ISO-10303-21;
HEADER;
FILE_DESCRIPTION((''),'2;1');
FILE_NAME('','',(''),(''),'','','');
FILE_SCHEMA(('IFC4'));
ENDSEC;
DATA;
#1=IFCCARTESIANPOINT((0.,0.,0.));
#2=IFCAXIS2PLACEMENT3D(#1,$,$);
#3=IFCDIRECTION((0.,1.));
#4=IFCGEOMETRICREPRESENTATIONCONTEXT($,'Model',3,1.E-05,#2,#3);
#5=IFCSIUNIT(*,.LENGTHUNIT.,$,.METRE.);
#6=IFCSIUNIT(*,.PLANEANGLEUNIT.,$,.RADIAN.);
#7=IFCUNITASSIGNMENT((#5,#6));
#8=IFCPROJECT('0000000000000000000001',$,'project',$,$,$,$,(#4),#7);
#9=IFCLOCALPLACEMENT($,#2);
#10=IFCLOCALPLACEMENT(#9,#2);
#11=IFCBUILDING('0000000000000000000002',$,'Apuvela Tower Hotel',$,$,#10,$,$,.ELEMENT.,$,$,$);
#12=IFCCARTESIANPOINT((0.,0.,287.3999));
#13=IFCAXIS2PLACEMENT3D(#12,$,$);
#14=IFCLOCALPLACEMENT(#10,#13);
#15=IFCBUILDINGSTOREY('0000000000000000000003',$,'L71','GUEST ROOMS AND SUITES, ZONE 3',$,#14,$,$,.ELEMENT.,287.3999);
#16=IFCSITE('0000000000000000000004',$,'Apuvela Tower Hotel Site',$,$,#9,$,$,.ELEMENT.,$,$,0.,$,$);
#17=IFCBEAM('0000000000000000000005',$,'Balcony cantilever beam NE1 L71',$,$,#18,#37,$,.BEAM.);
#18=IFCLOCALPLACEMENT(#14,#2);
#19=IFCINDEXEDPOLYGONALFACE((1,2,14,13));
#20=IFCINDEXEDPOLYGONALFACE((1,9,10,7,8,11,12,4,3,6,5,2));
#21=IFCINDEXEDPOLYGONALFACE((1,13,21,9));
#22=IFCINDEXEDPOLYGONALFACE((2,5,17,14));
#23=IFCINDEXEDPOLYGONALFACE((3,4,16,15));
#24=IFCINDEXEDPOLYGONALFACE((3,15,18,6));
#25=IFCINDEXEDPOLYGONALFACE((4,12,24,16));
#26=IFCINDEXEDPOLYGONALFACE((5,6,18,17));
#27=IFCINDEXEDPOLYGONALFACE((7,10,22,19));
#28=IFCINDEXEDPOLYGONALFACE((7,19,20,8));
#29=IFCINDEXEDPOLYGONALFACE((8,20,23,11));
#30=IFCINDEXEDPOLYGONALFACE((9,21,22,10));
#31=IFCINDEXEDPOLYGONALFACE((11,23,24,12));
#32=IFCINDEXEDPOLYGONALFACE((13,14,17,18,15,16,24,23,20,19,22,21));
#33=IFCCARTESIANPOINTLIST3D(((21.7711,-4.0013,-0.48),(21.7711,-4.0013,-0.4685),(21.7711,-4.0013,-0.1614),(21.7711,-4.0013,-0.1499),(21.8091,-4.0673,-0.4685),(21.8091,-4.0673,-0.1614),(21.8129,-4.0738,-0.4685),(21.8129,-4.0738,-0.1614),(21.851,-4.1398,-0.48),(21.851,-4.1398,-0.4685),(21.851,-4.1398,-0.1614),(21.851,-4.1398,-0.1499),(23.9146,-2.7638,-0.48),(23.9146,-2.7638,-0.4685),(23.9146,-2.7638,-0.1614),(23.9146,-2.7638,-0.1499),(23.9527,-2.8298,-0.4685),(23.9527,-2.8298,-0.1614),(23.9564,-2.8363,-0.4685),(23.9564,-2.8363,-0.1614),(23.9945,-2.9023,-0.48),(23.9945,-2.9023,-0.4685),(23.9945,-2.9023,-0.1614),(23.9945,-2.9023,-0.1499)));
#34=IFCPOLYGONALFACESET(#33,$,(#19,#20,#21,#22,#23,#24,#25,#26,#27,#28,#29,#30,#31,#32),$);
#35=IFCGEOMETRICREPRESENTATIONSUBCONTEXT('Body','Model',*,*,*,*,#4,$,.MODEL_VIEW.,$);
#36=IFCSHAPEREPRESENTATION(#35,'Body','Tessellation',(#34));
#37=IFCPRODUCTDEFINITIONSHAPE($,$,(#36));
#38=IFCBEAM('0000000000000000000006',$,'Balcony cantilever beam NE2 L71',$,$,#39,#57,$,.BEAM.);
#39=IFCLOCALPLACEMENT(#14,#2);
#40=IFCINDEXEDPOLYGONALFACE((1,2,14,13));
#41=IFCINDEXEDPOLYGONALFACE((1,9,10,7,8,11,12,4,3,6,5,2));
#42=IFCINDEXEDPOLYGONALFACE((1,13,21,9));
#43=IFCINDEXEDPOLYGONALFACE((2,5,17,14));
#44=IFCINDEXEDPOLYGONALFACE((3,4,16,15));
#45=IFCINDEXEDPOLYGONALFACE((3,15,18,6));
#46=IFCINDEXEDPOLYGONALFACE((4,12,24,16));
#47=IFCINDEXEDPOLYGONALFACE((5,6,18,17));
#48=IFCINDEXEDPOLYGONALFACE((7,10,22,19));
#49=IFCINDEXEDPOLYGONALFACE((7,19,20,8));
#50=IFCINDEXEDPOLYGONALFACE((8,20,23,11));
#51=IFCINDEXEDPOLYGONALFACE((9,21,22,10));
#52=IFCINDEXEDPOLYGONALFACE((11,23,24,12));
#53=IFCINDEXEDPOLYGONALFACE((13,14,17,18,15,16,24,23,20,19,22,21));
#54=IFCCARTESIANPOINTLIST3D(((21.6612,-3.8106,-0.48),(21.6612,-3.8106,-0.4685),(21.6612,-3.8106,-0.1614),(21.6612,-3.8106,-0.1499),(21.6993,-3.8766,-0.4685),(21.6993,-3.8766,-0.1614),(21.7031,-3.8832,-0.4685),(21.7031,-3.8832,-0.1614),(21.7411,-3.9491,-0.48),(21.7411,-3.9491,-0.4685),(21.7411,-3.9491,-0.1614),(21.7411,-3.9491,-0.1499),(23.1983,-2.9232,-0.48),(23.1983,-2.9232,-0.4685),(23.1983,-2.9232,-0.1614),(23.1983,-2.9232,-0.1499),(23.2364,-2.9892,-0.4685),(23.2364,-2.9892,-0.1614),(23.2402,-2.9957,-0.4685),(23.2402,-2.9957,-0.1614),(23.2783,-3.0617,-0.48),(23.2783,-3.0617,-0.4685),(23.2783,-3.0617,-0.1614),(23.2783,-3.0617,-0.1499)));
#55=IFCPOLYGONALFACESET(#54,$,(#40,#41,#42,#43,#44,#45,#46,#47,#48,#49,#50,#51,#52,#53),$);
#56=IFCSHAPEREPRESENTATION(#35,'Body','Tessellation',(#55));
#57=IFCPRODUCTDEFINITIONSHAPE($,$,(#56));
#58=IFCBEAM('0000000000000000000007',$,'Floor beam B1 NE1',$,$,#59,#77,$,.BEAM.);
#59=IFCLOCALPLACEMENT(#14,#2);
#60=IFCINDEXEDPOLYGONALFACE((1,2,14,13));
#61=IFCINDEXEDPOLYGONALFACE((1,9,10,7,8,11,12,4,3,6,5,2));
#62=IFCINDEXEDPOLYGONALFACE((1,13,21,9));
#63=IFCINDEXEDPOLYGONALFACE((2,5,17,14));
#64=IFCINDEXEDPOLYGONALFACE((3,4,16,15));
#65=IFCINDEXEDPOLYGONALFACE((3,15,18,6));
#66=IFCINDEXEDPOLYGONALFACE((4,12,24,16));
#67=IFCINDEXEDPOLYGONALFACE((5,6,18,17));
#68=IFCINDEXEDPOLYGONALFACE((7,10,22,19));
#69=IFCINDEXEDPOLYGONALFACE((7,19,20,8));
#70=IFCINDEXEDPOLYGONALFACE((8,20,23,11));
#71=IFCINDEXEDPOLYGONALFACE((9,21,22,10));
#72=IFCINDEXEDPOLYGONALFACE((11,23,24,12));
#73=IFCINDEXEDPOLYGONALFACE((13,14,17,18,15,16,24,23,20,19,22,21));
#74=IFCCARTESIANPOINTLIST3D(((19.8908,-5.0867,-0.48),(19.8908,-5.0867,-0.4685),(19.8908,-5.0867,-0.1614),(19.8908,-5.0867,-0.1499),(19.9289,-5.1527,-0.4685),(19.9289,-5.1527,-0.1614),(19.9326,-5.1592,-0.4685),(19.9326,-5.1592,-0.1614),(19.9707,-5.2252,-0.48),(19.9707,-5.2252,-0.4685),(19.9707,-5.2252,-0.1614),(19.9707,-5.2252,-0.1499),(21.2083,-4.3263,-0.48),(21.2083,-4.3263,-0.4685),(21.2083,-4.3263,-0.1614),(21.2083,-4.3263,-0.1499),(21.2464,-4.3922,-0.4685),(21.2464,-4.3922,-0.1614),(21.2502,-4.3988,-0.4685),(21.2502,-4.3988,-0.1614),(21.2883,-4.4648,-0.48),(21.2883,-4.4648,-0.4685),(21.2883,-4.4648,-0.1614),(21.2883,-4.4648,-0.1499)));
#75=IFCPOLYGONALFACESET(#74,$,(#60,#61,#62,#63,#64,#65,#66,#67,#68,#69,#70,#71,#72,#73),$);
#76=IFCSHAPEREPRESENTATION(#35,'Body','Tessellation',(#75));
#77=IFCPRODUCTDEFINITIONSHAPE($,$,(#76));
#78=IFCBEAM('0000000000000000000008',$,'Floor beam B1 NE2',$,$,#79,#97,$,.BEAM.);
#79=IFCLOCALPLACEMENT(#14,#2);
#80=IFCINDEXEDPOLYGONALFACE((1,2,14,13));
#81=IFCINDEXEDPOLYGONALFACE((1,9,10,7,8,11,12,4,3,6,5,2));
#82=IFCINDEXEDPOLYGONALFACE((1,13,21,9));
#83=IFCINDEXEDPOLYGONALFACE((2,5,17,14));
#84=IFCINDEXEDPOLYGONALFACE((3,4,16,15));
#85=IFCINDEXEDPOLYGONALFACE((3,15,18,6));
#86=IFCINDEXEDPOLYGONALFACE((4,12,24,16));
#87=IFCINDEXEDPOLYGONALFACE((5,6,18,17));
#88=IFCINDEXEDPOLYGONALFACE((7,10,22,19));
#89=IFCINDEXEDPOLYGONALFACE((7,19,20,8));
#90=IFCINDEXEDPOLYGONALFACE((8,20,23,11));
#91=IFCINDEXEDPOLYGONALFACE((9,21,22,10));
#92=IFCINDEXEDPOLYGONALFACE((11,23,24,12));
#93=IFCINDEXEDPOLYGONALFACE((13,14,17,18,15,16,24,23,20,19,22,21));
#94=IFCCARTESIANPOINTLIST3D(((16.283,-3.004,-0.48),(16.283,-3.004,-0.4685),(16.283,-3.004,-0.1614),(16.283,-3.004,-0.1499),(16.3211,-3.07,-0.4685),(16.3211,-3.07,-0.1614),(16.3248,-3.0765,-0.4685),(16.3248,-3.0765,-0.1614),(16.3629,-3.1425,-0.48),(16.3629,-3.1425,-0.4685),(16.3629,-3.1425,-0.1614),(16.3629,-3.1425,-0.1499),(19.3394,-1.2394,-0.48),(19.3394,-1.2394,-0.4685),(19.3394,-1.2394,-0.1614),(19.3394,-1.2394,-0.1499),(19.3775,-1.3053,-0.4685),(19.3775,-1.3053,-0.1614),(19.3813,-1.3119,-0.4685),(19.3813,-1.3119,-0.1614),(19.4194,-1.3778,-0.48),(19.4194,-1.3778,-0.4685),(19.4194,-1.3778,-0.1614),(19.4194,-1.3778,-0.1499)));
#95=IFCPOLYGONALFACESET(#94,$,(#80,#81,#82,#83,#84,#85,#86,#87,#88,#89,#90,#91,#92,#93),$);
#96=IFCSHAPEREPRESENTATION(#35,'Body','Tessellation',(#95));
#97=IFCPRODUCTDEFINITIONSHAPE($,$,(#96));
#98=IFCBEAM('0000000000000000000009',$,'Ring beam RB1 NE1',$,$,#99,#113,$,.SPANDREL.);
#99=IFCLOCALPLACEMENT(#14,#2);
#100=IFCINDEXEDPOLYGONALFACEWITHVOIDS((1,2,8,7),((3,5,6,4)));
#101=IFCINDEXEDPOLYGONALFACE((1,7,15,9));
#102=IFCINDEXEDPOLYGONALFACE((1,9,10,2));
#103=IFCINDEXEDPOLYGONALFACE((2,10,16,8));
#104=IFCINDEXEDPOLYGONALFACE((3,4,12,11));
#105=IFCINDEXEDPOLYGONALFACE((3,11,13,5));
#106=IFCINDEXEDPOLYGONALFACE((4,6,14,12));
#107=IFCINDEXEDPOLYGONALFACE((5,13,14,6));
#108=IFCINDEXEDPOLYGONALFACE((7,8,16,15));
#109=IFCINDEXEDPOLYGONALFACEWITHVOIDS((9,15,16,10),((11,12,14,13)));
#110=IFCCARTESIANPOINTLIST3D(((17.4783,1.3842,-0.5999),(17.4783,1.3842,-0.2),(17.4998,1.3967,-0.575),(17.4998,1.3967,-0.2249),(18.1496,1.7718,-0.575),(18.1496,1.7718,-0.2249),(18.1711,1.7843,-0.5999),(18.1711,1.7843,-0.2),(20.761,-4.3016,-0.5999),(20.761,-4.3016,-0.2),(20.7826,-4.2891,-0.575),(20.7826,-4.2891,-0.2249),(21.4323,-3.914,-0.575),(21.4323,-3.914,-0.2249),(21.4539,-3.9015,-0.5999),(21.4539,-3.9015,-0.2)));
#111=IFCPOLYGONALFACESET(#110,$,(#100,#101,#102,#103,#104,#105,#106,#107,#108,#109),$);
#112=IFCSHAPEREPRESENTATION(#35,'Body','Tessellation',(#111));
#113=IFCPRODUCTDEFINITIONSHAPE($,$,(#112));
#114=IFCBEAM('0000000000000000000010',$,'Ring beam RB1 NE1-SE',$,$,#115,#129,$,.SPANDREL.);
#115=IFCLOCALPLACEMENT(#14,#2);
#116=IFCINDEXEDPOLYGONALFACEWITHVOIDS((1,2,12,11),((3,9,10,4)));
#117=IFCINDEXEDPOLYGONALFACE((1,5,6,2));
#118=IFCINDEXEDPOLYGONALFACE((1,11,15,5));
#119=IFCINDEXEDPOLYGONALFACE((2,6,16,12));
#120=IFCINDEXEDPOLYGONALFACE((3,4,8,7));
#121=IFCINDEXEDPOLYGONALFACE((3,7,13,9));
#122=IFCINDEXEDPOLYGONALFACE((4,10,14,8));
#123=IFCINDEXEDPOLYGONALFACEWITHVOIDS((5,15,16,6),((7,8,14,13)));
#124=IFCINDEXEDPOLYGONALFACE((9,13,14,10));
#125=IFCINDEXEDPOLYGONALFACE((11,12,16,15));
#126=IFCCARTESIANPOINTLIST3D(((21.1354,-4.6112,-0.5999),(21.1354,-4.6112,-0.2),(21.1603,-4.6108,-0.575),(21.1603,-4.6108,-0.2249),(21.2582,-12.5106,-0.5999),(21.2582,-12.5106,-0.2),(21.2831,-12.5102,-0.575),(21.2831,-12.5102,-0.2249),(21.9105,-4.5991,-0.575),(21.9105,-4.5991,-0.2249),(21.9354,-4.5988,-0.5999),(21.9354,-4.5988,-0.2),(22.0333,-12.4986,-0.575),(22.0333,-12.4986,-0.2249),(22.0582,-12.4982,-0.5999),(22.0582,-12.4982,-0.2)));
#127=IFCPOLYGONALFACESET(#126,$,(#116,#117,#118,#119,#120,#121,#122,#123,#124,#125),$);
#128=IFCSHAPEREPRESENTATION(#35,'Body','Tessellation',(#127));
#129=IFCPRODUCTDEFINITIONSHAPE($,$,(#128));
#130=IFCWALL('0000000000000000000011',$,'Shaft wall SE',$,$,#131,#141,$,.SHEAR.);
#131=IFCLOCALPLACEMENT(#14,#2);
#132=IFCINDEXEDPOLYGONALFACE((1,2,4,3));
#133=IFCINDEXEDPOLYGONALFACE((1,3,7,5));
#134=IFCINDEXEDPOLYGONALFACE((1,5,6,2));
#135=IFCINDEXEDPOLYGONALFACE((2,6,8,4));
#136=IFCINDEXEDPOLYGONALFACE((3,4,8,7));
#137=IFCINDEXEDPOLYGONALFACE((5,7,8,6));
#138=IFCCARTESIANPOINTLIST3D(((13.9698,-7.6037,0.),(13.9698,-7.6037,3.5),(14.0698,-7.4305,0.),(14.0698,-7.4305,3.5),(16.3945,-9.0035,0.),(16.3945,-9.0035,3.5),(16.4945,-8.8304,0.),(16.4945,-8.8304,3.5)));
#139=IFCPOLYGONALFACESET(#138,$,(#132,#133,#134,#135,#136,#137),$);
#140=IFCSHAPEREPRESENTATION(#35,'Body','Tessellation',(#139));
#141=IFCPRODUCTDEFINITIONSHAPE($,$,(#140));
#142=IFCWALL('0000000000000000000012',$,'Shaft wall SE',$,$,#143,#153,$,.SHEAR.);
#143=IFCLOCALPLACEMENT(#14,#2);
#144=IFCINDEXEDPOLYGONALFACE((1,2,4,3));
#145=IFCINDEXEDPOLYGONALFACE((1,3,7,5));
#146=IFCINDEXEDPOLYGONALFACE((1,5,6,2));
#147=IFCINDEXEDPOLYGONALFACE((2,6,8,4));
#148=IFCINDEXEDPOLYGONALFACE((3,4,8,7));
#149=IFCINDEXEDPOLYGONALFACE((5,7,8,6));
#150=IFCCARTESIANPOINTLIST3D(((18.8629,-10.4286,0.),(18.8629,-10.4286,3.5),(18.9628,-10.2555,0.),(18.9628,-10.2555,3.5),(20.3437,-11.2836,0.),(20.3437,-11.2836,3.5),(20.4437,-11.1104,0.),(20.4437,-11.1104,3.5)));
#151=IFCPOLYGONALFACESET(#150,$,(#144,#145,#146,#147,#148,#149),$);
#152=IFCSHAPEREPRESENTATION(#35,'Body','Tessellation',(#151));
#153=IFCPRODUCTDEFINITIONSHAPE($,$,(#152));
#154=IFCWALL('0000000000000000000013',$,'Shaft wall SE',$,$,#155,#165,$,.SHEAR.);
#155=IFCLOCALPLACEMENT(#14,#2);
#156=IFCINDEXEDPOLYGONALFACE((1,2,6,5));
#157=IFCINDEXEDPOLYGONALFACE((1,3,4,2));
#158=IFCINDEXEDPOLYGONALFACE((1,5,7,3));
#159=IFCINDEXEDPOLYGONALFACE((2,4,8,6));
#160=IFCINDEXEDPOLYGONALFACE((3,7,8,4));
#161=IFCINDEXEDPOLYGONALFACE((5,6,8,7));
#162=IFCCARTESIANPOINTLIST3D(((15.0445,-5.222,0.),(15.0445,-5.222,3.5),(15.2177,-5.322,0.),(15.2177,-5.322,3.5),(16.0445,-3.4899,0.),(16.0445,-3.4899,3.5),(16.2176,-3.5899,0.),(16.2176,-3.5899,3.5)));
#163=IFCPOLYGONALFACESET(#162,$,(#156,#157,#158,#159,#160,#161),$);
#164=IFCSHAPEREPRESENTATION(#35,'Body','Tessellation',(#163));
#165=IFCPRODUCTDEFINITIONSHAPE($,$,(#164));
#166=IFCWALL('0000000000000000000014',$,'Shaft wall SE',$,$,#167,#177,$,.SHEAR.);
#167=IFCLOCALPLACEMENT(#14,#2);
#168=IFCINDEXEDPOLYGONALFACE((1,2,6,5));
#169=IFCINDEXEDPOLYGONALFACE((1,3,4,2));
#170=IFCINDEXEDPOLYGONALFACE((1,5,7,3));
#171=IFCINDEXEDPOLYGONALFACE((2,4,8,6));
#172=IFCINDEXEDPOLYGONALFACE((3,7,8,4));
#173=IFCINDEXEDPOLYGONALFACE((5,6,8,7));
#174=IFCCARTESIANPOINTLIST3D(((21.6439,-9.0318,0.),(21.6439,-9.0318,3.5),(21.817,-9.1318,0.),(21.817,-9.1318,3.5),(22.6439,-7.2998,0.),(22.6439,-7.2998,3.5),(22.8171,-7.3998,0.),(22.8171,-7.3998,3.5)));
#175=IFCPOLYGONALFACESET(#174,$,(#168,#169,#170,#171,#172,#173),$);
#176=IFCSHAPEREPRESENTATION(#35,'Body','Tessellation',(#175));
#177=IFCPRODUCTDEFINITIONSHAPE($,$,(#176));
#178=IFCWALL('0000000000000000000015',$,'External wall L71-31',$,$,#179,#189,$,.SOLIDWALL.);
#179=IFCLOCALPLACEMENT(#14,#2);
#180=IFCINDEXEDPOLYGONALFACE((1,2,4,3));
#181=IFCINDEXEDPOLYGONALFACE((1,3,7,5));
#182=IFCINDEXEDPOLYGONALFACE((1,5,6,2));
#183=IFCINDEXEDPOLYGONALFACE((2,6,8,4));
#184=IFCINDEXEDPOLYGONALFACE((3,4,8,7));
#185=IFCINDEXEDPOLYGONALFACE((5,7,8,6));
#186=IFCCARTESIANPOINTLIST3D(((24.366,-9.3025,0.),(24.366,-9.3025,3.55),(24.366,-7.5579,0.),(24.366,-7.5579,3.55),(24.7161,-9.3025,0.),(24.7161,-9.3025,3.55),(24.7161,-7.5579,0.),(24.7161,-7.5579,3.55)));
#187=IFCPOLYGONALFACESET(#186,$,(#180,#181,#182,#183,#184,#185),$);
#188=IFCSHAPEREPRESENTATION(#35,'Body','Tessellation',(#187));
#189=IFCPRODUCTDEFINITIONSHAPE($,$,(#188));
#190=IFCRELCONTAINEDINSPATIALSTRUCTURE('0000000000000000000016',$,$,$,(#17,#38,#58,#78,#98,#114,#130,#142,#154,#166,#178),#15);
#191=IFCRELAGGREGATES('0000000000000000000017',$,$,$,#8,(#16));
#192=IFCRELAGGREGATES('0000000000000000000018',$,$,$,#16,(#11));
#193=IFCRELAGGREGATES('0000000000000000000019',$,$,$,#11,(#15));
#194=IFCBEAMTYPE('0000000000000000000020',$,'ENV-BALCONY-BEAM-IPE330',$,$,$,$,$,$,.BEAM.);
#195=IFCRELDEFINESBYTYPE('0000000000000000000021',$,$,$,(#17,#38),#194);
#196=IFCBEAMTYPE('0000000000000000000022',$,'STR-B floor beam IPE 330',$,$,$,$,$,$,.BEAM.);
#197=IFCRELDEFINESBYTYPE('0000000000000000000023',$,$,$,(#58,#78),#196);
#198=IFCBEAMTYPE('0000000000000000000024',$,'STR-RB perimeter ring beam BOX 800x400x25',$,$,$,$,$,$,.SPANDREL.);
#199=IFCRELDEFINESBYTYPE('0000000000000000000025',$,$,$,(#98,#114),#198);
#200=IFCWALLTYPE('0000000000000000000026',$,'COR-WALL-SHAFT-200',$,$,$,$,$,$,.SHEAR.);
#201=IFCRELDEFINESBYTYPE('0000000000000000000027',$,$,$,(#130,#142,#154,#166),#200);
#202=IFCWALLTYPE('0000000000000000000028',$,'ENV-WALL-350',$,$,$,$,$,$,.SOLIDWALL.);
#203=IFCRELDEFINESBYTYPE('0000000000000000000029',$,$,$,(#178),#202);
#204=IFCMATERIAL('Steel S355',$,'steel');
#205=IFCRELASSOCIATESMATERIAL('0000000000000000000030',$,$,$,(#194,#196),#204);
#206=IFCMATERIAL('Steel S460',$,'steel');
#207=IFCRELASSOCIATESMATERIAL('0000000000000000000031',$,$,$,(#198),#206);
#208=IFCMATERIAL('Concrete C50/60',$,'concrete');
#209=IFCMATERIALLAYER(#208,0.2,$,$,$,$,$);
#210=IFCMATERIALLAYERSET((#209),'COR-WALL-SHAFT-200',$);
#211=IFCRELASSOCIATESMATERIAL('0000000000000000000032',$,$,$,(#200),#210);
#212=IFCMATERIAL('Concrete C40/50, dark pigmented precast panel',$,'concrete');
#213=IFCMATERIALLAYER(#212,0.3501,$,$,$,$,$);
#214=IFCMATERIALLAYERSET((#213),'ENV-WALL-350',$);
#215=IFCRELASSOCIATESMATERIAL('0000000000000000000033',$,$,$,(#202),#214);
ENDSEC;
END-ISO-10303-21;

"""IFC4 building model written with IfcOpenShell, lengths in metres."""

from ifc_helpers import new_model, si_unit, direction, frame, frame_2d, origin, origin_2d, place, context, subcontext, project, spatial, rectangle, hollow_rectangle, i_section, extrude, material, layer, layer_set, material_profile, profile_set, type_object, element, save


model = new_model("IFC4")

# Units and contexts
model_context = context("Model", 3, precision=1e-05, world=origin(), true_north=direction((0.0, 1.0)))
body_context = subcontext(model_context, "Body", "Model", "MODEL_VIEW")
ifc_project = project(units=[si_unit("LENGTHUNIT", "METRE"), si_unit("PLANEANGLEUNIT", "RADIAN")], contexts=[model_context])

# Site, building, storey
site_placement = place(None, origin())
site = spatial("IfcSite", under=ifc_project, at=site_placement, Name="Apuvela Tower Hotel Site", CompositionType="ELEMENT", RefElevation=0.0)
building_placement = place(site_placement, origin())
building = spatial("IfcBuilding", under=site, at=building_placement, Name="Apuvela Tower Hotel", CompositionType="ELEMENT")
storey_placement = place(building_placement, frame((0.0, 0.0, 287.3999)))
storey = spatial("IfcBuildingStorey", under=building, at=storey_placement, Name="L71", Description="GUEST ROOMS AND SUITES, ZONE 3", CompositionType="ELEMENT", Elevation=287.3999)

# Shared definitions
ifc_material_1 = material(Name="Steel S460", Category="steel")

# Beams
ifc_material_2 = material(Name="Steel S355", Category="steel")
ifc_material_profile_1 = material_profile(ifc_material_2, i_section(OverallWidth=0.1599, OverallDepth=0.3301, WebThickness=0.0076, FlangeThickness=0.0115, at=origin_2d()), Name="IPE 330")
ifc_profile_set_1 = profile_set([ifc_material_profile_1], Name="Steel S355")
beam_type_1 = type_object("IfcBeamType", Name="ENV-BALCONY-BEAM-IPE330", PredefinedType="BEAM", material=ifc_profile_set_1)
beam_1_placement = place(storey_placement, frame((21.811, -4.0706, -0.3149), z_axis=(0.866031, 0.49999, 0.0), x_axis=(-0.49999, 0.866031, 0.0)))
element("IfcBeam", 1, at=beam_1_placement, inside=storey, type_object=beam_type_1, Name="Balcony cantilever beam NE1 L71", PredefinedType="BEAM", context=body_context, shape_type="SweptSolid", body=[
    extrude(i_section(OverallWidth=0.1599, OverallDepth=0.3301, WebThickness=0.0076, FlangeThickness=0.0115, at=origin_2d()), origin(), (0.0, 0.0, 1.0), 2.4751),
])
beam_2_placement = place(storey_placement, frame((21.7012, -3.8799, -0.3149), z_axis=(0.866025, 0.5, 0.0), x_axis=(-0.5, 0.866025, 0.0)))
element("IfcBeam", 2, at=beam_2_placement, inside=storey, type_object=beam_type_1, Name="Balcony cantilever beam NE2 L71", PredefinedType="BEAM", context=body_context, shape_type="SweptSolid", body=[
    extrude(i_section(OverallWidth=0.1599, OverallDepth=0.3301, WebThickness=0.0076, FlangeThickness=0.0115, at=origin_2d()), origin(), (0.0, 0.0, 1.0), 1.7749),
])
ifc_material_profile_2 = material_profile(ifc_material_2, i_section(OverallWidth=0.1599, OverallDepth=0.3301, WebThickness=0.0076, FlangeThickness=0.0115, at=origin_2d()), Name="IPE 330")
ifc_profile_set_2 = profile_set([ifc_material_profile_2], Name="Steel S355")
beam_type_2 = type_object("IfcBeamType", Name="STR-B floor beam IPE 330", PredefinedType="BEAM", material=ifc_profile_set_2)
beam_3_placement = place(storey_placement, frame((21.2483, -4.3955, -0.3149), z_axis=(-0.866092, -0.499885, 0.0), x_axis=(0.499885, -0.866092, 0.0)))
element("IfcBeam", 3, at=beam_3_placement, inside=storey, type_object=beam_type_2, Name="Floor beam B1 NE1", PredefinedType="BEAM", context=body_context, shape_type="SweptSolid", body=[
    extrude(i_section(OverallWidth=0.1599, OverallDepth=0.3301, WebThickness=0.0076, FlangeThickness=0.0115, at=origin_2d()), origin(), (0.0, 0.0, 1.0), 1.5212),
])
beam_4_placement = place(storey_placement, frame((19.3794, -1.3086, -0.3149), z_axis=(-0.866021, -0.500008, 0.0), x_axis=(0.500008, -0.866021, 0.0)))
element("IfcBeam", 4, at=beam_4_placement, inside=storey, type_object=beam_type_2, Name="Floor beam B1 NE2", PredefinedType="BEAM", context=body_context, shape_type="SweptSolid", body=[
    extrude(i_section(OverallWidth=0.1599, OverallDepth=0.3301, WebThickness=0.0076, FlangeThickness=0.0115, at=origin_2d()), origin(), (0.0, 0.0, 1.0), 3.5293),
])
ifc_material_profile_3 = material_profile(ifc_material_1, hollow_rectangle(XDim=0.8, YDim=0.3999, WallThickness=0.0249, at=origin_2d()), Name="BOX 800x400x25")
ifc_profile_set_3 = profile_set([ifc_material_profile_3], Name="Steel S460")
beam_type_3 = type_object("IfcBeamType", Name="STR-RB perimeter ring beam BOX 800x400x25", PredefinedType="SPANDREL", material=ifc_profile_set_3)
beam_5_placement = place(storey_placement, frame((21.1074, -4.1016, -0.3999), z_axis=(-0.500002, 0.866024, 0.0), x_axis=(-0.866024, -0.500002, 0.0)))
element("IfcBeam", 5, at=beam_5_placement, inside=storey, type_object=beam_type_3, Name="Ring beam RB1 NE1", PredefinedType="SPANDREL", context=body_context, shape_type="SweptSolid", body=[
    extrude(hollow_rectangle(XDim=0.8, YDim=0.3999, WallThickness=0.0249, at=origin_2d()), origin(), (0.0, 0.0, 1.0), 6.5654),
])
beam_6_placement = place(storey_placement, frame((21.5354, -4.605, -0.3999), z_axis=(0.015544, -0.999879, 0.0), x_axis=(0.999879, 0.015544, 0.0)))
element("IfcBeam", 6, at=beam_6_placement, inside=storey, type_object=beam_type_3, Name="Ring beam RB1 NE1-SE", PredefinedType="SPANDREL", context=body_context, shape_type="SweptSolid", body=[
    extrude(hollow_rectangle(XDim=0.8, YDim=0.3999, WallThickness=0.0249, at=origin_2d()), origin(), (0.0, 0.0, 1.0), 7.9004),
])

# Walls
ifc_material_3 = material(Name="Concrete C50/60", Category="concrete")
ifc_layer_1 = layer(ifc_material_3, 0.2)
ifc_layer_set_1 = layer_set([ifc_layer_1], Name="COR-WALL-SHAFT-200")
wall_type_1 = type_object("IfcWallType", Name="COR-WALL-SHAFT-200", PredefinedType="SHEAR", material=ifc_layer_set_1)
wall_1_placement = place(storey_placement, frame((14.0198, -7.5171, 0.0), z_axis=(0.0, 0.0, 1.0), x_axis=(0.866035, -0.499984, 0.0)))
element("IfcWall", 7, at=wall_1_placement, inside=storey, type_object=wall_type_1, Name="Shaft wall SE", PredefinedType="SHEAR", context=body_context, shape_type="SweptSolid", body=[
    extrude(rectangle(XDim=2.7998, YDim=0.2, at=frame_2d((1.3999, 0.0))), origin(), (0.0, 0.0, 1.0), 3.5),
])
wall_2_placement = place(storey_placement, frame((18.9128, -10.342, 0.0), z_axis=(0.0, 0.0, 1.0), x_axis=(0.866038, -0.499978, 0.0)))
element("IfcWall", 8, at=wall_2_placement, inside=storey, type_object=wall_type_1, Name="Shaft wall SE", PredefinedType="SHEAR", context=body_context, shape_type="SweptSolid", body=[
    extrude(rectangle(XDim=1.71, YDim=0.2, at=frame_2d((0.855, 0.0))), origin(), (0.0, 0.0, 1.0), 3.5),
])
for number, where, z_axis, x_axis, name in (
    (9, (15.1311, -5.272, 0.0), (0.0, 0.0, 1.0), (0.499973, 0.866041, 0.0), "Shaft wall SE"),
    (10, (21.7305, -9.0818, 0.0), (0.0, 0.0, 1.0), (0.500025, 0.866011, 0.0), "Shaft wall SE"),
):
    element("IfcWall", number, at=place(storey_placement, frame(where, z_axis=z_axis, x_axis=x_axis)), inside=storey, type_object=wall_type_1, Name=name, PredefinedType="SHEAR", context=body_context, shape_type="SweptSolid", body=[
        extrude(rectangle(XDim=2.0, YDim=0.2, at=frame_2d((1.0, 0.0))), origin(), (0.0, 0.0, 1.0), 3.5),
    ])
ifc_material_4 = material(Name="Concrete C40/50, dark pigmented precast panel", Category="concrete")
ifc_layer_2 = layer(ifc_material_4, 0.3501)
ifc_layer_set_2 = layer_set([ifc_layer_2], Name="ENV-WALL-350")
wall_type_2 = type_object("IfcWallType", Name="ENV-WALL-350", PredefinedType="SOLIDWALL", material=ifc_layer_set_2)
for number, where, z_axis, x_axis, name in (
    (11, (24.541, -9.3025, 0.0), (0.0, 0.0, 1.0), (0.0, 1.0, 0.0), "External wall L71-31"),
):
    element("IfcWall", number, at=place(storey_placement, frame(where, z_axis=z_axis, x_axis=x_axis)), inside=storey, type_object=wall_type_2, Name=name, PredefinedType="SOLIDWALL", context=body_context, shape_type="SweptSolid", body=[
        extrude(rectangle(XDim=1.7446, YDim=0.3501, at=frame_2d((0.8723, 0.0))), origin(), (0.0, 0.0, 1.0), 3.55),
    ])

save(model, "model.ifc")
